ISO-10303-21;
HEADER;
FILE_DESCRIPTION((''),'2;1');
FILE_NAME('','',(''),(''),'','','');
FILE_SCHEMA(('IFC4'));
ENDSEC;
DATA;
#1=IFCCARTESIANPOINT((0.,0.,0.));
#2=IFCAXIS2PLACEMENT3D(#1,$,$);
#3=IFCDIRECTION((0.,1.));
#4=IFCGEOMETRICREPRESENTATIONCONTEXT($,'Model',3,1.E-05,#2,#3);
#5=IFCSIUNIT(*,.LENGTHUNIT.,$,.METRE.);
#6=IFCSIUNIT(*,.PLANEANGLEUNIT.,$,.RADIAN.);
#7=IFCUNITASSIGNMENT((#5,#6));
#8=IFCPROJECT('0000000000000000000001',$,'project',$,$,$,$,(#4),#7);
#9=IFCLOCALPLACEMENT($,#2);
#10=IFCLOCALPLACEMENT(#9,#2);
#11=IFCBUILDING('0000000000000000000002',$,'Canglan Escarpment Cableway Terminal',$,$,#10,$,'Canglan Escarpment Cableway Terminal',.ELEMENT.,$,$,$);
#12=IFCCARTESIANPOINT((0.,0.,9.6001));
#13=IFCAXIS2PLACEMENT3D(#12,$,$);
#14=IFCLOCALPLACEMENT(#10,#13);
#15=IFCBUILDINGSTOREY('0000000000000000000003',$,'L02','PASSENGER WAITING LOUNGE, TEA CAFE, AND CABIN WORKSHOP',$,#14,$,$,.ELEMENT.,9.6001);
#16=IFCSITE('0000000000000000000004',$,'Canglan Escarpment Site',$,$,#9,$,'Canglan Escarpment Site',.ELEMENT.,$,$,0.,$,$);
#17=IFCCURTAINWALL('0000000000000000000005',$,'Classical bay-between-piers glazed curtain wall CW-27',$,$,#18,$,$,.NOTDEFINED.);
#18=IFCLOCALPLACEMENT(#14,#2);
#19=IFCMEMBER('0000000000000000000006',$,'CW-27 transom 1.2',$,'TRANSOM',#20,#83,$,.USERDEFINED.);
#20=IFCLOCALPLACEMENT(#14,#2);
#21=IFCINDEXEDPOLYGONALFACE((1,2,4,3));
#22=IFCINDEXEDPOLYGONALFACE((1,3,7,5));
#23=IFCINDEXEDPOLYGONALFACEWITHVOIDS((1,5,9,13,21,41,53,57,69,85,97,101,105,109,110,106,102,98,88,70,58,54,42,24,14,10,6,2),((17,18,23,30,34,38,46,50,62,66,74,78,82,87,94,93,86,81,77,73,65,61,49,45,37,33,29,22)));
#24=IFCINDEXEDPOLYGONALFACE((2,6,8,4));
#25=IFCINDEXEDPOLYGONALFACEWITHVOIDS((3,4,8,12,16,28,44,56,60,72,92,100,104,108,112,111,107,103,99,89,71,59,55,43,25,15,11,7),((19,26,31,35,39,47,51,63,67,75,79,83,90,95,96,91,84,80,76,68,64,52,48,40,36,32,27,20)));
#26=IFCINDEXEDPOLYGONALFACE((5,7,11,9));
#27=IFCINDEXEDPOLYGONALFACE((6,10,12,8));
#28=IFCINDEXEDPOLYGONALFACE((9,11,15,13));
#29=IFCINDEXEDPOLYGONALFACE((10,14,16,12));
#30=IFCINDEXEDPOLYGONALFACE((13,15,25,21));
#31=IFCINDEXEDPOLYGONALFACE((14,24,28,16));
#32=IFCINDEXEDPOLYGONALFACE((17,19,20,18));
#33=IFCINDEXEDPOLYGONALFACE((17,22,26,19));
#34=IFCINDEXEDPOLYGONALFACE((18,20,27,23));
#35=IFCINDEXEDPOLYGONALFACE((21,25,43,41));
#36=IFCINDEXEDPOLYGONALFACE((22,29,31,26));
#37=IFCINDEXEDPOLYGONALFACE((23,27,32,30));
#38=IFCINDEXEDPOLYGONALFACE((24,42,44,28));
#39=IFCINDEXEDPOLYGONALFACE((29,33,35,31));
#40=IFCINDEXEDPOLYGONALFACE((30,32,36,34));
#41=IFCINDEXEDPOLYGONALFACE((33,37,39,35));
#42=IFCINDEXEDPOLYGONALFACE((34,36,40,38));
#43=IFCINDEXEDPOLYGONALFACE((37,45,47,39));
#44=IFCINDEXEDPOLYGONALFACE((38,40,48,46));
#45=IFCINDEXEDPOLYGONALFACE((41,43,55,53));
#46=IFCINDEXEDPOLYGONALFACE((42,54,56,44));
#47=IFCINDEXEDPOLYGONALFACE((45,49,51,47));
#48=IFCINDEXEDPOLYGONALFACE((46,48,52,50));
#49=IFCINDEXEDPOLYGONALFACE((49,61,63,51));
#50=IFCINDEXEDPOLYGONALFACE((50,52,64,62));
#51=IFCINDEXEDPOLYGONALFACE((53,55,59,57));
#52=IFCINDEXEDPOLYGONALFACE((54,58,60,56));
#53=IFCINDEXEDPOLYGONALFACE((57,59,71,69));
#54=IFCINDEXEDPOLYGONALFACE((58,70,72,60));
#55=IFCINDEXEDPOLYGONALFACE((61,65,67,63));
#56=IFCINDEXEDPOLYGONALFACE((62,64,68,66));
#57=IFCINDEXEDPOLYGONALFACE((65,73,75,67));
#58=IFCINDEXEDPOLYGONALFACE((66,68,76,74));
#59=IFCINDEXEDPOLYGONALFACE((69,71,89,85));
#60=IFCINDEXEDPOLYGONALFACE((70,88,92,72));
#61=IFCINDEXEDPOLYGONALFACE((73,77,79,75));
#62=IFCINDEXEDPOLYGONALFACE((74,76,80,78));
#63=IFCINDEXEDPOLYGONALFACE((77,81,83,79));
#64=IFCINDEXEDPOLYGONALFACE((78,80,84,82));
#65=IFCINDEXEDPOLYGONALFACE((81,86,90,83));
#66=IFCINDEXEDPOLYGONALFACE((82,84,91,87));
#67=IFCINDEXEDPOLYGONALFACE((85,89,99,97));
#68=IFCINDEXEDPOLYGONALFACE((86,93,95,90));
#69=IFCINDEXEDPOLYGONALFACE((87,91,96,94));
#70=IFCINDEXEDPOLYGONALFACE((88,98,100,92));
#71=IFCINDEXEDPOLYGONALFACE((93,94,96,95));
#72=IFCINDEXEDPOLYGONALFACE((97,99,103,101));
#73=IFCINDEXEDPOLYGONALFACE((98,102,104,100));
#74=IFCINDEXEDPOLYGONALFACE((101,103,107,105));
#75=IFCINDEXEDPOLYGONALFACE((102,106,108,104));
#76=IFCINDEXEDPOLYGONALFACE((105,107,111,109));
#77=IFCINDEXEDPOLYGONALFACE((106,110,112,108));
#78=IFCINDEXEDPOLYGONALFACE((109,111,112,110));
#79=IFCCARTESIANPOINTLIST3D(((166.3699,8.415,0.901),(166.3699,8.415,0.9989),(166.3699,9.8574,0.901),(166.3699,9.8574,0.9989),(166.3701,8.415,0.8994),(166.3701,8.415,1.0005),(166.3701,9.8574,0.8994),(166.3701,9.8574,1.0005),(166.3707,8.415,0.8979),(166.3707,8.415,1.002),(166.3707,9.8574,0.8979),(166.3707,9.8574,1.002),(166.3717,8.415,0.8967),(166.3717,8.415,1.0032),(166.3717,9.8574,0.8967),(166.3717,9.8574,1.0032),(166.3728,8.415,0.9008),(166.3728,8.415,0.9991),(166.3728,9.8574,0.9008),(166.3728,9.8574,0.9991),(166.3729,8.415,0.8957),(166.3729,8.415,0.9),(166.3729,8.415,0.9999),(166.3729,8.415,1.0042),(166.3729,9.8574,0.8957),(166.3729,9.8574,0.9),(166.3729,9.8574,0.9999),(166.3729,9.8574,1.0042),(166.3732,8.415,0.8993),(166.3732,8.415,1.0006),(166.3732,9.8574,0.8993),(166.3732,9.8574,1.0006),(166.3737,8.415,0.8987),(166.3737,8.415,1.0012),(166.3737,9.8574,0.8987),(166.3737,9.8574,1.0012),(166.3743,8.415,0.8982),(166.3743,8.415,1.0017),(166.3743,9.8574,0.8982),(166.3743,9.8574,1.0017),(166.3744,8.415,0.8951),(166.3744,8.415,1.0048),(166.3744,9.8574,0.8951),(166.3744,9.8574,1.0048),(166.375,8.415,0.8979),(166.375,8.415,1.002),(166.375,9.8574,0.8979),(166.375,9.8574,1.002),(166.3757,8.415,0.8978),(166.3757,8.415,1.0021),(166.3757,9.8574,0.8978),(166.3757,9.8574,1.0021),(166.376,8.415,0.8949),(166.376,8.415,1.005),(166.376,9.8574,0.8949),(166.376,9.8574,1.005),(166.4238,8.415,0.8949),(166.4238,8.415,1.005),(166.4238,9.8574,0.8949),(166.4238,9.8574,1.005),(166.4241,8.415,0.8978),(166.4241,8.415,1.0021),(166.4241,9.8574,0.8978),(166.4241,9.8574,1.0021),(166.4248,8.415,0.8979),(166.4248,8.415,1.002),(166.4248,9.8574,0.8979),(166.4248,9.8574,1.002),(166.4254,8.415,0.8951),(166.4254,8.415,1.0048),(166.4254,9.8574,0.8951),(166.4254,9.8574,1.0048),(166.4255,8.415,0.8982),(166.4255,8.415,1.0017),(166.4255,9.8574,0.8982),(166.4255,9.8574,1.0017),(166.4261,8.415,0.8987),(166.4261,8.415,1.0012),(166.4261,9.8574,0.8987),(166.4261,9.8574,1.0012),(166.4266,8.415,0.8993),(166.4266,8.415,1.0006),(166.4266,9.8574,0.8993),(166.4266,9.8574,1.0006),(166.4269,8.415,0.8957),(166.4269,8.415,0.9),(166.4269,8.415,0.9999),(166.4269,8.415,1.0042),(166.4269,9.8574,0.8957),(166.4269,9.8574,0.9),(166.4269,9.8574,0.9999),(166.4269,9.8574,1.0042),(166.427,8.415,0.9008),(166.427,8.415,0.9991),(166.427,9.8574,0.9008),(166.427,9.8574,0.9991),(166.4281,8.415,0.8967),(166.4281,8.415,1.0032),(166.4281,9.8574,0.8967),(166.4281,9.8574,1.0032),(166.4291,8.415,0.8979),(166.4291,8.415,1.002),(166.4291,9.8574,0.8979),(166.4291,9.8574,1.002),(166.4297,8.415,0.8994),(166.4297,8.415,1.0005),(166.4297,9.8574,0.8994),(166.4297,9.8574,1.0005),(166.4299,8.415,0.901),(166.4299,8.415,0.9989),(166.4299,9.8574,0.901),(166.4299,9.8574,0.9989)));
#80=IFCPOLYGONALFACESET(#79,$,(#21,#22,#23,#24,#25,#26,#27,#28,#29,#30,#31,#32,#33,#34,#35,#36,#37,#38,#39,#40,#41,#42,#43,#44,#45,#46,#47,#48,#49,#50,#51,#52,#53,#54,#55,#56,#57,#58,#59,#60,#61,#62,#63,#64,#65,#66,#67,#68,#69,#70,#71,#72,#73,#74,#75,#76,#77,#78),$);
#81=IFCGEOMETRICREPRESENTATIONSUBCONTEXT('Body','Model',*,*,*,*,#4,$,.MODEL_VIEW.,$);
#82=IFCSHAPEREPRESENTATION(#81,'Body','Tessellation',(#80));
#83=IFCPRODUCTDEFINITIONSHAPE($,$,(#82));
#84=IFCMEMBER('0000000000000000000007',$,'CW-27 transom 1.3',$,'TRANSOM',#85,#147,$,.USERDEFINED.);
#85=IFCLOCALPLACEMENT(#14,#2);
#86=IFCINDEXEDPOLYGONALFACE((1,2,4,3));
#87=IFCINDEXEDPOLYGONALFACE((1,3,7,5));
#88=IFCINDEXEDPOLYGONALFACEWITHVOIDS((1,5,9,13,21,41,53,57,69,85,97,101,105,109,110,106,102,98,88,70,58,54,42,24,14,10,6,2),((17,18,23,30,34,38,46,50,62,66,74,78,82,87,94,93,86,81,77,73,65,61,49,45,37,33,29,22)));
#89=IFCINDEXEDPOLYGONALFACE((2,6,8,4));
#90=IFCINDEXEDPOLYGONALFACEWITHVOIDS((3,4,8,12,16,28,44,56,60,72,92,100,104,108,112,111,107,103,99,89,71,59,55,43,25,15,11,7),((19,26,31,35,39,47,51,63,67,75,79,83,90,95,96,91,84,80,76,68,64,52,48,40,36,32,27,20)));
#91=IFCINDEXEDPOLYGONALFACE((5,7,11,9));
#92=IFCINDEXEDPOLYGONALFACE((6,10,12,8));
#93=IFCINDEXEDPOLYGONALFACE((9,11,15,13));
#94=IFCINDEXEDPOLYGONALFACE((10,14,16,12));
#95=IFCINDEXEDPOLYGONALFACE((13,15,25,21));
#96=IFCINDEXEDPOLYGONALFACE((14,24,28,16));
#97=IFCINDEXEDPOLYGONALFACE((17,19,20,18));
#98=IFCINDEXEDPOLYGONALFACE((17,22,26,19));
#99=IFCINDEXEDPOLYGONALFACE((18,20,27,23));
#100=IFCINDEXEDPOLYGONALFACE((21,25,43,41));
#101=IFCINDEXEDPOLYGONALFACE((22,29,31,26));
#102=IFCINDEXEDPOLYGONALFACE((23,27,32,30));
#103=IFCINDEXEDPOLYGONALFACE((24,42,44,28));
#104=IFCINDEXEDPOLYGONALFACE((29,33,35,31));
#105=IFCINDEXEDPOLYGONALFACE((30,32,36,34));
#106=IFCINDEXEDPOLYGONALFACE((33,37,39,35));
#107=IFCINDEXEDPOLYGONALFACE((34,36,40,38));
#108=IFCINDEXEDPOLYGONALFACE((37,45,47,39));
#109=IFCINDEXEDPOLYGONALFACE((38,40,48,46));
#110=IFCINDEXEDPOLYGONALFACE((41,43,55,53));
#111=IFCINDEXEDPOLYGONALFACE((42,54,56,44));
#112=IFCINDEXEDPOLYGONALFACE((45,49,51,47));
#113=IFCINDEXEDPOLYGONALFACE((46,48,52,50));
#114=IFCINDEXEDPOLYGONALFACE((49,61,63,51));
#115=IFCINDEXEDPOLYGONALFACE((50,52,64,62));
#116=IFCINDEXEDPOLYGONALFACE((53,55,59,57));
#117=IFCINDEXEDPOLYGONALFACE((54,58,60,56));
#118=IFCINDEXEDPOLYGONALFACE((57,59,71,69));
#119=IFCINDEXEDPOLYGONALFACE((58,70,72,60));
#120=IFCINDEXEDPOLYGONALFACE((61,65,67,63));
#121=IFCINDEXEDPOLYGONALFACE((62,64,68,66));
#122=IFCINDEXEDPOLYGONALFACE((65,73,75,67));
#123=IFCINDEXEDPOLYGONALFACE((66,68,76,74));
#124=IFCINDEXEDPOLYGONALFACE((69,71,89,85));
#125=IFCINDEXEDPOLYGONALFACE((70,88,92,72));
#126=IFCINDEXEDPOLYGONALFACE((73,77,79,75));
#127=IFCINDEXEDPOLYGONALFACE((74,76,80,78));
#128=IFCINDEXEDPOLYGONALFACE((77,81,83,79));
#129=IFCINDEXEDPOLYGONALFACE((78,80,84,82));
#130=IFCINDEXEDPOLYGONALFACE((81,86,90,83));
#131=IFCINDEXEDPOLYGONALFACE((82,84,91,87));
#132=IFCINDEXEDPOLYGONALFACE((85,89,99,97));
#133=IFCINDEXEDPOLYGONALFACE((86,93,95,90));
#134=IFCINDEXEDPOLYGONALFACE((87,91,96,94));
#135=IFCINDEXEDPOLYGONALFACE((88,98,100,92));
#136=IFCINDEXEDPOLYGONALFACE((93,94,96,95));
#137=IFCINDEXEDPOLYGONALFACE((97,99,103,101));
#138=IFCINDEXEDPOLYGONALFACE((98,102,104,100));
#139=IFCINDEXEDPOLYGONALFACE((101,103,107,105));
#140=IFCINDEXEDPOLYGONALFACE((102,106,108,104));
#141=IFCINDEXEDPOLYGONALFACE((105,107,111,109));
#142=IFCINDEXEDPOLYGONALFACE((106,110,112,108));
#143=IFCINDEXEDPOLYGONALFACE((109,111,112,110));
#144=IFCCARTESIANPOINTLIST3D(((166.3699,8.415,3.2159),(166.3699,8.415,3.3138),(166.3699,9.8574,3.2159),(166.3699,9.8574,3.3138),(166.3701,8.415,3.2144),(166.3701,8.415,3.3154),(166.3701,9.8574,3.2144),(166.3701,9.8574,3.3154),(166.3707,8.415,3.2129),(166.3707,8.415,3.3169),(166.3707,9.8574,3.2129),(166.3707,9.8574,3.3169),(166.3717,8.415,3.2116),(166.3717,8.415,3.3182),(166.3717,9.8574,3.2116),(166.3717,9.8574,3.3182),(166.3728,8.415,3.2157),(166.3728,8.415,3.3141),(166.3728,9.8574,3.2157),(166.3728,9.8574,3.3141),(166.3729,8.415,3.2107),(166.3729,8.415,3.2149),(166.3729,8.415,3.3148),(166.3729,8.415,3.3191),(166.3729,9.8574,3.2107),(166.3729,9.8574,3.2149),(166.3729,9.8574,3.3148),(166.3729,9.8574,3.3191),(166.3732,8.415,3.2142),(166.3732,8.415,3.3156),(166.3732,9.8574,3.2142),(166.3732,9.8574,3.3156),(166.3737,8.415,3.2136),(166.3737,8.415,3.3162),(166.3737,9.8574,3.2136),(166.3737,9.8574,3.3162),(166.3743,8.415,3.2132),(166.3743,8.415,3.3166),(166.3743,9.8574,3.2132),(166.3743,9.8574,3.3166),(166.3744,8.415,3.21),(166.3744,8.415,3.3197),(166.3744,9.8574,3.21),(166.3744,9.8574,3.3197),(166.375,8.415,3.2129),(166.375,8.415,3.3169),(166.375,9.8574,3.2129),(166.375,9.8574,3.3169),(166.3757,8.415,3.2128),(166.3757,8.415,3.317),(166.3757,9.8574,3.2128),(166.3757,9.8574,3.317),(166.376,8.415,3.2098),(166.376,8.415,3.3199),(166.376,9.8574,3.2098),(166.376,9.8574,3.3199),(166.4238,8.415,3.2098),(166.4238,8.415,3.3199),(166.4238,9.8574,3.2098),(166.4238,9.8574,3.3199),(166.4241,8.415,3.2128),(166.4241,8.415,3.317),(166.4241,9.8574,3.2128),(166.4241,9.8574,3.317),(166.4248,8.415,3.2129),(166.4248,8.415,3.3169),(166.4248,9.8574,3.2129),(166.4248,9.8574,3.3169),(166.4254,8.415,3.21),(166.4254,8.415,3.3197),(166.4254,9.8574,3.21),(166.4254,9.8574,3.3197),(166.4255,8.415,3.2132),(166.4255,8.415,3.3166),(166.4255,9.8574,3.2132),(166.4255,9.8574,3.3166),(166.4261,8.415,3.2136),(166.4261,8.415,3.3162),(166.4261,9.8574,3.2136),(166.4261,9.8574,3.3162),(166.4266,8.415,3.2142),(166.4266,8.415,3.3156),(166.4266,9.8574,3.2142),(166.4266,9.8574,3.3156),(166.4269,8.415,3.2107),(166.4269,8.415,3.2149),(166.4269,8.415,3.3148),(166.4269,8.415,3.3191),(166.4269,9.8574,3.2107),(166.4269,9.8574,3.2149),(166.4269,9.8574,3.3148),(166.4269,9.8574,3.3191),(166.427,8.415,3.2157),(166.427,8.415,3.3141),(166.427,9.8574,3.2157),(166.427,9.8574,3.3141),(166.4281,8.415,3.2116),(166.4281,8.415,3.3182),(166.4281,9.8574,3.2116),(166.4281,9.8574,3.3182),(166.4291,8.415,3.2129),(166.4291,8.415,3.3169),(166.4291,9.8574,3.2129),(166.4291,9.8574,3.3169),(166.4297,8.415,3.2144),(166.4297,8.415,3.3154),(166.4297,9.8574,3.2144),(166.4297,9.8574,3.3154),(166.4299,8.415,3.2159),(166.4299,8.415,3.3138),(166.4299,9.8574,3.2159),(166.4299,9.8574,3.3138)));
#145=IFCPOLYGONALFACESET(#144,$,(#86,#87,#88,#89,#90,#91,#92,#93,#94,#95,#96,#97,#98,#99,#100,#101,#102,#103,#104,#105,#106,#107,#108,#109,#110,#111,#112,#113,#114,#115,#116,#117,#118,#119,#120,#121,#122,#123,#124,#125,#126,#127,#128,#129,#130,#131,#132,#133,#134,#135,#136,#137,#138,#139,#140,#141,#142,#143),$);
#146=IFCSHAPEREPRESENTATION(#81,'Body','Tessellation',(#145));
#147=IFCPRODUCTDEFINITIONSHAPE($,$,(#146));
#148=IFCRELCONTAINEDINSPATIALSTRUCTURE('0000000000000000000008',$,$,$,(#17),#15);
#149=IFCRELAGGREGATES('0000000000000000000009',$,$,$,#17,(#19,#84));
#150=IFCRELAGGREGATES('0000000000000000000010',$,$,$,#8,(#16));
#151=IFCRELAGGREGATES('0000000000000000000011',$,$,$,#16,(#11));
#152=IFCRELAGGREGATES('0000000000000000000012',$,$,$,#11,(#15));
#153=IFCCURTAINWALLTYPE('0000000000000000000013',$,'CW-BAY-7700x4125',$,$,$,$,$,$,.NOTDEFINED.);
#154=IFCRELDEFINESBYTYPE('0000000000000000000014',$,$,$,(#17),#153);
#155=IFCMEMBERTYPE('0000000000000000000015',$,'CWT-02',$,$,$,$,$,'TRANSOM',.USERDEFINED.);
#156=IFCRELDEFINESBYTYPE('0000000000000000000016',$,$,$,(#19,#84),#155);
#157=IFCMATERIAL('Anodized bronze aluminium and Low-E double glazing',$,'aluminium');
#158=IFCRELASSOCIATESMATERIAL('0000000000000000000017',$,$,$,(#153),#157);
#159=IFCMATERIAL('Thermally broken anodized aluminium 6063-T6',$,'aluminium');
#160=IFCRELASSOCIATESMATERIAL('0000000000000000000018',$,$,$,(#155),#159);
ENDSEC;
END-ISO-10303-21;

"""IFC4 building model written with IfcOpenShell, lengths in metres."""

from ifc_helpers import new_model, si_unit, direction, frame, origin, origin_2d, place, context, subcontext, project, spatial, hollow_rectangle, extrude, material, material_profile, profile_set, type_object, element, aggregate, save


model = new_model("IFC4")

# Units and contexts
model_context = context("Model", 3, precision=1e-05, world=origin(), true_north=direction((0.0, 1.0)))
body_context = subcontext(model_context, "Body", "Model", "MODEL_VIEW")
ifc_project = project(units=[si_unit("LENGTHUNIT", "METRE"), si_unit("PLANEANGLEUNIT", "RADIAN")], contexts=[model_context])

# Site, building, storey
site_placement = place(None, origin())
site = spatial("IfcSite", under=ifc_project, at=site_placement, Name="Canglan Escarpment Site", LongName="Canglan Escarpment Site", CompositionType="ELEMENT", RefElevation=0.0)
building_placement = place(site_placement, origin())
building = spatial("IfcBuilding", under=site, at=building_placement, Name="Canglan Escarpment Cableway Terminal", LongName="Canglan Escarpment Cableway Terminal", CompositionType="ELEMENT")
storey_placement = place(building_placement, frame((0.0, 0.0, 9.6001)))
storey = spatial("IfcBuildingStorey", under=building, at=storey_placement, Name="L02", Description="PASSENGER WAITING LOUNGE, TEA CAFE, AND CABIN WORKSHOP", CompositionType="ELEMENT", Elevation=9.6001)

# Curtain wall
ifc_material_1 = material(Name="Anodized bronze aluminium and Low-E double glazing", Category="aluminium")
curtain_wall_type_1 = type_object("IfcCurtainWallType", Name="CW-BAY-7700x4125", PredefinedType="NOTDEFINED", material=ifc_material_1)
curtain_wall_1_placement = place(storey_placement, origin())
curtain_wall_1 = element("IfcCurtainWall", 1, at=curtain_wall_1_placement, inside=storey, type_object=curtain_wall_type_1, Name="Classical bay-between-piers glazed curtain wall CW-27", PredefinedType="NOTDEFINED")
ifc_material_2 = material(Name="Thermally broken anodized aluminium 6063-T6", Category="aluminium")

# Members
ifc_material_profile_1 = material_profile(ifc_material_2, hollow_rectangle(XDim=0.0601, YDim=0.1101, WallThickness=0.0029, InnerFilletRadius=0.0029, OuterFilletRadius=0.0061, at=origin_2d()), Name="ALU-TRAN 60x110x3")
ifc_profile_set_1 = profile_set([ifc_material_profile_1], Name="Thermally broken anodized aluminium 6063-T6")
member_type_1 = type_object("IfcMemberType", Name="CWT-02", ElementType="TRANSOM", PredefinedType="USERDEFINED", material=ifc_profile_set_1)
member_1_placement = place(storey_placement, frame((166.3999, 8.415, 0.95), z_axis=(0.0, 1.0, 0.0), x_axis=(-1.0, 0.0, 0.0)))
member_1 = element("IfcMember", 2, at=member_1_placement, type_object=member_type_1, Name="CW-27 transom 1.2", ObjectType="TRANSOM", PredefinedType="USERDEFINED", context=body_context, shape_type="SweptSolid", body=[
    extrude(hollow_rectangle(XDim=0.0601, YDim=0.1101, WallThickness=0.0029, InnerFilletRadius=0.0029, OuterFilletRadius=0.0061, at=origin_2d()), origin(), (0.0, 0.0, 1.0), 1.4424),
])
member_2_placement = place(storey_placement, frame((166.3999, 8.415, 3.2649), z_axis=(0.0, 1.0, 0.0), x_axis=(-1.0, 0.0, 0.0)))
member_2 = element("IfcMember", 3, at=member_2_placement, type_object=member_type_1, Name="CW-27 transom 1.3", ObjectType="TRANSOM", PredefinedType="USERDEFINED", context=body_context, shape_type="SweptSolid", body=[
    extrude(hollow_rectangle(XDim=0.0601, YDim=0.1101, WallThickness=0.0029, InnerFilletRadius=0.0029, OuterFilletRadius=0.0061, at=origin_2d()), origin(), (0.0, 0.0, 1.0), 1.4424),
])

aggregate(curtain_wall_1, [member_1, member_2])

save(model, "model.ifc")
